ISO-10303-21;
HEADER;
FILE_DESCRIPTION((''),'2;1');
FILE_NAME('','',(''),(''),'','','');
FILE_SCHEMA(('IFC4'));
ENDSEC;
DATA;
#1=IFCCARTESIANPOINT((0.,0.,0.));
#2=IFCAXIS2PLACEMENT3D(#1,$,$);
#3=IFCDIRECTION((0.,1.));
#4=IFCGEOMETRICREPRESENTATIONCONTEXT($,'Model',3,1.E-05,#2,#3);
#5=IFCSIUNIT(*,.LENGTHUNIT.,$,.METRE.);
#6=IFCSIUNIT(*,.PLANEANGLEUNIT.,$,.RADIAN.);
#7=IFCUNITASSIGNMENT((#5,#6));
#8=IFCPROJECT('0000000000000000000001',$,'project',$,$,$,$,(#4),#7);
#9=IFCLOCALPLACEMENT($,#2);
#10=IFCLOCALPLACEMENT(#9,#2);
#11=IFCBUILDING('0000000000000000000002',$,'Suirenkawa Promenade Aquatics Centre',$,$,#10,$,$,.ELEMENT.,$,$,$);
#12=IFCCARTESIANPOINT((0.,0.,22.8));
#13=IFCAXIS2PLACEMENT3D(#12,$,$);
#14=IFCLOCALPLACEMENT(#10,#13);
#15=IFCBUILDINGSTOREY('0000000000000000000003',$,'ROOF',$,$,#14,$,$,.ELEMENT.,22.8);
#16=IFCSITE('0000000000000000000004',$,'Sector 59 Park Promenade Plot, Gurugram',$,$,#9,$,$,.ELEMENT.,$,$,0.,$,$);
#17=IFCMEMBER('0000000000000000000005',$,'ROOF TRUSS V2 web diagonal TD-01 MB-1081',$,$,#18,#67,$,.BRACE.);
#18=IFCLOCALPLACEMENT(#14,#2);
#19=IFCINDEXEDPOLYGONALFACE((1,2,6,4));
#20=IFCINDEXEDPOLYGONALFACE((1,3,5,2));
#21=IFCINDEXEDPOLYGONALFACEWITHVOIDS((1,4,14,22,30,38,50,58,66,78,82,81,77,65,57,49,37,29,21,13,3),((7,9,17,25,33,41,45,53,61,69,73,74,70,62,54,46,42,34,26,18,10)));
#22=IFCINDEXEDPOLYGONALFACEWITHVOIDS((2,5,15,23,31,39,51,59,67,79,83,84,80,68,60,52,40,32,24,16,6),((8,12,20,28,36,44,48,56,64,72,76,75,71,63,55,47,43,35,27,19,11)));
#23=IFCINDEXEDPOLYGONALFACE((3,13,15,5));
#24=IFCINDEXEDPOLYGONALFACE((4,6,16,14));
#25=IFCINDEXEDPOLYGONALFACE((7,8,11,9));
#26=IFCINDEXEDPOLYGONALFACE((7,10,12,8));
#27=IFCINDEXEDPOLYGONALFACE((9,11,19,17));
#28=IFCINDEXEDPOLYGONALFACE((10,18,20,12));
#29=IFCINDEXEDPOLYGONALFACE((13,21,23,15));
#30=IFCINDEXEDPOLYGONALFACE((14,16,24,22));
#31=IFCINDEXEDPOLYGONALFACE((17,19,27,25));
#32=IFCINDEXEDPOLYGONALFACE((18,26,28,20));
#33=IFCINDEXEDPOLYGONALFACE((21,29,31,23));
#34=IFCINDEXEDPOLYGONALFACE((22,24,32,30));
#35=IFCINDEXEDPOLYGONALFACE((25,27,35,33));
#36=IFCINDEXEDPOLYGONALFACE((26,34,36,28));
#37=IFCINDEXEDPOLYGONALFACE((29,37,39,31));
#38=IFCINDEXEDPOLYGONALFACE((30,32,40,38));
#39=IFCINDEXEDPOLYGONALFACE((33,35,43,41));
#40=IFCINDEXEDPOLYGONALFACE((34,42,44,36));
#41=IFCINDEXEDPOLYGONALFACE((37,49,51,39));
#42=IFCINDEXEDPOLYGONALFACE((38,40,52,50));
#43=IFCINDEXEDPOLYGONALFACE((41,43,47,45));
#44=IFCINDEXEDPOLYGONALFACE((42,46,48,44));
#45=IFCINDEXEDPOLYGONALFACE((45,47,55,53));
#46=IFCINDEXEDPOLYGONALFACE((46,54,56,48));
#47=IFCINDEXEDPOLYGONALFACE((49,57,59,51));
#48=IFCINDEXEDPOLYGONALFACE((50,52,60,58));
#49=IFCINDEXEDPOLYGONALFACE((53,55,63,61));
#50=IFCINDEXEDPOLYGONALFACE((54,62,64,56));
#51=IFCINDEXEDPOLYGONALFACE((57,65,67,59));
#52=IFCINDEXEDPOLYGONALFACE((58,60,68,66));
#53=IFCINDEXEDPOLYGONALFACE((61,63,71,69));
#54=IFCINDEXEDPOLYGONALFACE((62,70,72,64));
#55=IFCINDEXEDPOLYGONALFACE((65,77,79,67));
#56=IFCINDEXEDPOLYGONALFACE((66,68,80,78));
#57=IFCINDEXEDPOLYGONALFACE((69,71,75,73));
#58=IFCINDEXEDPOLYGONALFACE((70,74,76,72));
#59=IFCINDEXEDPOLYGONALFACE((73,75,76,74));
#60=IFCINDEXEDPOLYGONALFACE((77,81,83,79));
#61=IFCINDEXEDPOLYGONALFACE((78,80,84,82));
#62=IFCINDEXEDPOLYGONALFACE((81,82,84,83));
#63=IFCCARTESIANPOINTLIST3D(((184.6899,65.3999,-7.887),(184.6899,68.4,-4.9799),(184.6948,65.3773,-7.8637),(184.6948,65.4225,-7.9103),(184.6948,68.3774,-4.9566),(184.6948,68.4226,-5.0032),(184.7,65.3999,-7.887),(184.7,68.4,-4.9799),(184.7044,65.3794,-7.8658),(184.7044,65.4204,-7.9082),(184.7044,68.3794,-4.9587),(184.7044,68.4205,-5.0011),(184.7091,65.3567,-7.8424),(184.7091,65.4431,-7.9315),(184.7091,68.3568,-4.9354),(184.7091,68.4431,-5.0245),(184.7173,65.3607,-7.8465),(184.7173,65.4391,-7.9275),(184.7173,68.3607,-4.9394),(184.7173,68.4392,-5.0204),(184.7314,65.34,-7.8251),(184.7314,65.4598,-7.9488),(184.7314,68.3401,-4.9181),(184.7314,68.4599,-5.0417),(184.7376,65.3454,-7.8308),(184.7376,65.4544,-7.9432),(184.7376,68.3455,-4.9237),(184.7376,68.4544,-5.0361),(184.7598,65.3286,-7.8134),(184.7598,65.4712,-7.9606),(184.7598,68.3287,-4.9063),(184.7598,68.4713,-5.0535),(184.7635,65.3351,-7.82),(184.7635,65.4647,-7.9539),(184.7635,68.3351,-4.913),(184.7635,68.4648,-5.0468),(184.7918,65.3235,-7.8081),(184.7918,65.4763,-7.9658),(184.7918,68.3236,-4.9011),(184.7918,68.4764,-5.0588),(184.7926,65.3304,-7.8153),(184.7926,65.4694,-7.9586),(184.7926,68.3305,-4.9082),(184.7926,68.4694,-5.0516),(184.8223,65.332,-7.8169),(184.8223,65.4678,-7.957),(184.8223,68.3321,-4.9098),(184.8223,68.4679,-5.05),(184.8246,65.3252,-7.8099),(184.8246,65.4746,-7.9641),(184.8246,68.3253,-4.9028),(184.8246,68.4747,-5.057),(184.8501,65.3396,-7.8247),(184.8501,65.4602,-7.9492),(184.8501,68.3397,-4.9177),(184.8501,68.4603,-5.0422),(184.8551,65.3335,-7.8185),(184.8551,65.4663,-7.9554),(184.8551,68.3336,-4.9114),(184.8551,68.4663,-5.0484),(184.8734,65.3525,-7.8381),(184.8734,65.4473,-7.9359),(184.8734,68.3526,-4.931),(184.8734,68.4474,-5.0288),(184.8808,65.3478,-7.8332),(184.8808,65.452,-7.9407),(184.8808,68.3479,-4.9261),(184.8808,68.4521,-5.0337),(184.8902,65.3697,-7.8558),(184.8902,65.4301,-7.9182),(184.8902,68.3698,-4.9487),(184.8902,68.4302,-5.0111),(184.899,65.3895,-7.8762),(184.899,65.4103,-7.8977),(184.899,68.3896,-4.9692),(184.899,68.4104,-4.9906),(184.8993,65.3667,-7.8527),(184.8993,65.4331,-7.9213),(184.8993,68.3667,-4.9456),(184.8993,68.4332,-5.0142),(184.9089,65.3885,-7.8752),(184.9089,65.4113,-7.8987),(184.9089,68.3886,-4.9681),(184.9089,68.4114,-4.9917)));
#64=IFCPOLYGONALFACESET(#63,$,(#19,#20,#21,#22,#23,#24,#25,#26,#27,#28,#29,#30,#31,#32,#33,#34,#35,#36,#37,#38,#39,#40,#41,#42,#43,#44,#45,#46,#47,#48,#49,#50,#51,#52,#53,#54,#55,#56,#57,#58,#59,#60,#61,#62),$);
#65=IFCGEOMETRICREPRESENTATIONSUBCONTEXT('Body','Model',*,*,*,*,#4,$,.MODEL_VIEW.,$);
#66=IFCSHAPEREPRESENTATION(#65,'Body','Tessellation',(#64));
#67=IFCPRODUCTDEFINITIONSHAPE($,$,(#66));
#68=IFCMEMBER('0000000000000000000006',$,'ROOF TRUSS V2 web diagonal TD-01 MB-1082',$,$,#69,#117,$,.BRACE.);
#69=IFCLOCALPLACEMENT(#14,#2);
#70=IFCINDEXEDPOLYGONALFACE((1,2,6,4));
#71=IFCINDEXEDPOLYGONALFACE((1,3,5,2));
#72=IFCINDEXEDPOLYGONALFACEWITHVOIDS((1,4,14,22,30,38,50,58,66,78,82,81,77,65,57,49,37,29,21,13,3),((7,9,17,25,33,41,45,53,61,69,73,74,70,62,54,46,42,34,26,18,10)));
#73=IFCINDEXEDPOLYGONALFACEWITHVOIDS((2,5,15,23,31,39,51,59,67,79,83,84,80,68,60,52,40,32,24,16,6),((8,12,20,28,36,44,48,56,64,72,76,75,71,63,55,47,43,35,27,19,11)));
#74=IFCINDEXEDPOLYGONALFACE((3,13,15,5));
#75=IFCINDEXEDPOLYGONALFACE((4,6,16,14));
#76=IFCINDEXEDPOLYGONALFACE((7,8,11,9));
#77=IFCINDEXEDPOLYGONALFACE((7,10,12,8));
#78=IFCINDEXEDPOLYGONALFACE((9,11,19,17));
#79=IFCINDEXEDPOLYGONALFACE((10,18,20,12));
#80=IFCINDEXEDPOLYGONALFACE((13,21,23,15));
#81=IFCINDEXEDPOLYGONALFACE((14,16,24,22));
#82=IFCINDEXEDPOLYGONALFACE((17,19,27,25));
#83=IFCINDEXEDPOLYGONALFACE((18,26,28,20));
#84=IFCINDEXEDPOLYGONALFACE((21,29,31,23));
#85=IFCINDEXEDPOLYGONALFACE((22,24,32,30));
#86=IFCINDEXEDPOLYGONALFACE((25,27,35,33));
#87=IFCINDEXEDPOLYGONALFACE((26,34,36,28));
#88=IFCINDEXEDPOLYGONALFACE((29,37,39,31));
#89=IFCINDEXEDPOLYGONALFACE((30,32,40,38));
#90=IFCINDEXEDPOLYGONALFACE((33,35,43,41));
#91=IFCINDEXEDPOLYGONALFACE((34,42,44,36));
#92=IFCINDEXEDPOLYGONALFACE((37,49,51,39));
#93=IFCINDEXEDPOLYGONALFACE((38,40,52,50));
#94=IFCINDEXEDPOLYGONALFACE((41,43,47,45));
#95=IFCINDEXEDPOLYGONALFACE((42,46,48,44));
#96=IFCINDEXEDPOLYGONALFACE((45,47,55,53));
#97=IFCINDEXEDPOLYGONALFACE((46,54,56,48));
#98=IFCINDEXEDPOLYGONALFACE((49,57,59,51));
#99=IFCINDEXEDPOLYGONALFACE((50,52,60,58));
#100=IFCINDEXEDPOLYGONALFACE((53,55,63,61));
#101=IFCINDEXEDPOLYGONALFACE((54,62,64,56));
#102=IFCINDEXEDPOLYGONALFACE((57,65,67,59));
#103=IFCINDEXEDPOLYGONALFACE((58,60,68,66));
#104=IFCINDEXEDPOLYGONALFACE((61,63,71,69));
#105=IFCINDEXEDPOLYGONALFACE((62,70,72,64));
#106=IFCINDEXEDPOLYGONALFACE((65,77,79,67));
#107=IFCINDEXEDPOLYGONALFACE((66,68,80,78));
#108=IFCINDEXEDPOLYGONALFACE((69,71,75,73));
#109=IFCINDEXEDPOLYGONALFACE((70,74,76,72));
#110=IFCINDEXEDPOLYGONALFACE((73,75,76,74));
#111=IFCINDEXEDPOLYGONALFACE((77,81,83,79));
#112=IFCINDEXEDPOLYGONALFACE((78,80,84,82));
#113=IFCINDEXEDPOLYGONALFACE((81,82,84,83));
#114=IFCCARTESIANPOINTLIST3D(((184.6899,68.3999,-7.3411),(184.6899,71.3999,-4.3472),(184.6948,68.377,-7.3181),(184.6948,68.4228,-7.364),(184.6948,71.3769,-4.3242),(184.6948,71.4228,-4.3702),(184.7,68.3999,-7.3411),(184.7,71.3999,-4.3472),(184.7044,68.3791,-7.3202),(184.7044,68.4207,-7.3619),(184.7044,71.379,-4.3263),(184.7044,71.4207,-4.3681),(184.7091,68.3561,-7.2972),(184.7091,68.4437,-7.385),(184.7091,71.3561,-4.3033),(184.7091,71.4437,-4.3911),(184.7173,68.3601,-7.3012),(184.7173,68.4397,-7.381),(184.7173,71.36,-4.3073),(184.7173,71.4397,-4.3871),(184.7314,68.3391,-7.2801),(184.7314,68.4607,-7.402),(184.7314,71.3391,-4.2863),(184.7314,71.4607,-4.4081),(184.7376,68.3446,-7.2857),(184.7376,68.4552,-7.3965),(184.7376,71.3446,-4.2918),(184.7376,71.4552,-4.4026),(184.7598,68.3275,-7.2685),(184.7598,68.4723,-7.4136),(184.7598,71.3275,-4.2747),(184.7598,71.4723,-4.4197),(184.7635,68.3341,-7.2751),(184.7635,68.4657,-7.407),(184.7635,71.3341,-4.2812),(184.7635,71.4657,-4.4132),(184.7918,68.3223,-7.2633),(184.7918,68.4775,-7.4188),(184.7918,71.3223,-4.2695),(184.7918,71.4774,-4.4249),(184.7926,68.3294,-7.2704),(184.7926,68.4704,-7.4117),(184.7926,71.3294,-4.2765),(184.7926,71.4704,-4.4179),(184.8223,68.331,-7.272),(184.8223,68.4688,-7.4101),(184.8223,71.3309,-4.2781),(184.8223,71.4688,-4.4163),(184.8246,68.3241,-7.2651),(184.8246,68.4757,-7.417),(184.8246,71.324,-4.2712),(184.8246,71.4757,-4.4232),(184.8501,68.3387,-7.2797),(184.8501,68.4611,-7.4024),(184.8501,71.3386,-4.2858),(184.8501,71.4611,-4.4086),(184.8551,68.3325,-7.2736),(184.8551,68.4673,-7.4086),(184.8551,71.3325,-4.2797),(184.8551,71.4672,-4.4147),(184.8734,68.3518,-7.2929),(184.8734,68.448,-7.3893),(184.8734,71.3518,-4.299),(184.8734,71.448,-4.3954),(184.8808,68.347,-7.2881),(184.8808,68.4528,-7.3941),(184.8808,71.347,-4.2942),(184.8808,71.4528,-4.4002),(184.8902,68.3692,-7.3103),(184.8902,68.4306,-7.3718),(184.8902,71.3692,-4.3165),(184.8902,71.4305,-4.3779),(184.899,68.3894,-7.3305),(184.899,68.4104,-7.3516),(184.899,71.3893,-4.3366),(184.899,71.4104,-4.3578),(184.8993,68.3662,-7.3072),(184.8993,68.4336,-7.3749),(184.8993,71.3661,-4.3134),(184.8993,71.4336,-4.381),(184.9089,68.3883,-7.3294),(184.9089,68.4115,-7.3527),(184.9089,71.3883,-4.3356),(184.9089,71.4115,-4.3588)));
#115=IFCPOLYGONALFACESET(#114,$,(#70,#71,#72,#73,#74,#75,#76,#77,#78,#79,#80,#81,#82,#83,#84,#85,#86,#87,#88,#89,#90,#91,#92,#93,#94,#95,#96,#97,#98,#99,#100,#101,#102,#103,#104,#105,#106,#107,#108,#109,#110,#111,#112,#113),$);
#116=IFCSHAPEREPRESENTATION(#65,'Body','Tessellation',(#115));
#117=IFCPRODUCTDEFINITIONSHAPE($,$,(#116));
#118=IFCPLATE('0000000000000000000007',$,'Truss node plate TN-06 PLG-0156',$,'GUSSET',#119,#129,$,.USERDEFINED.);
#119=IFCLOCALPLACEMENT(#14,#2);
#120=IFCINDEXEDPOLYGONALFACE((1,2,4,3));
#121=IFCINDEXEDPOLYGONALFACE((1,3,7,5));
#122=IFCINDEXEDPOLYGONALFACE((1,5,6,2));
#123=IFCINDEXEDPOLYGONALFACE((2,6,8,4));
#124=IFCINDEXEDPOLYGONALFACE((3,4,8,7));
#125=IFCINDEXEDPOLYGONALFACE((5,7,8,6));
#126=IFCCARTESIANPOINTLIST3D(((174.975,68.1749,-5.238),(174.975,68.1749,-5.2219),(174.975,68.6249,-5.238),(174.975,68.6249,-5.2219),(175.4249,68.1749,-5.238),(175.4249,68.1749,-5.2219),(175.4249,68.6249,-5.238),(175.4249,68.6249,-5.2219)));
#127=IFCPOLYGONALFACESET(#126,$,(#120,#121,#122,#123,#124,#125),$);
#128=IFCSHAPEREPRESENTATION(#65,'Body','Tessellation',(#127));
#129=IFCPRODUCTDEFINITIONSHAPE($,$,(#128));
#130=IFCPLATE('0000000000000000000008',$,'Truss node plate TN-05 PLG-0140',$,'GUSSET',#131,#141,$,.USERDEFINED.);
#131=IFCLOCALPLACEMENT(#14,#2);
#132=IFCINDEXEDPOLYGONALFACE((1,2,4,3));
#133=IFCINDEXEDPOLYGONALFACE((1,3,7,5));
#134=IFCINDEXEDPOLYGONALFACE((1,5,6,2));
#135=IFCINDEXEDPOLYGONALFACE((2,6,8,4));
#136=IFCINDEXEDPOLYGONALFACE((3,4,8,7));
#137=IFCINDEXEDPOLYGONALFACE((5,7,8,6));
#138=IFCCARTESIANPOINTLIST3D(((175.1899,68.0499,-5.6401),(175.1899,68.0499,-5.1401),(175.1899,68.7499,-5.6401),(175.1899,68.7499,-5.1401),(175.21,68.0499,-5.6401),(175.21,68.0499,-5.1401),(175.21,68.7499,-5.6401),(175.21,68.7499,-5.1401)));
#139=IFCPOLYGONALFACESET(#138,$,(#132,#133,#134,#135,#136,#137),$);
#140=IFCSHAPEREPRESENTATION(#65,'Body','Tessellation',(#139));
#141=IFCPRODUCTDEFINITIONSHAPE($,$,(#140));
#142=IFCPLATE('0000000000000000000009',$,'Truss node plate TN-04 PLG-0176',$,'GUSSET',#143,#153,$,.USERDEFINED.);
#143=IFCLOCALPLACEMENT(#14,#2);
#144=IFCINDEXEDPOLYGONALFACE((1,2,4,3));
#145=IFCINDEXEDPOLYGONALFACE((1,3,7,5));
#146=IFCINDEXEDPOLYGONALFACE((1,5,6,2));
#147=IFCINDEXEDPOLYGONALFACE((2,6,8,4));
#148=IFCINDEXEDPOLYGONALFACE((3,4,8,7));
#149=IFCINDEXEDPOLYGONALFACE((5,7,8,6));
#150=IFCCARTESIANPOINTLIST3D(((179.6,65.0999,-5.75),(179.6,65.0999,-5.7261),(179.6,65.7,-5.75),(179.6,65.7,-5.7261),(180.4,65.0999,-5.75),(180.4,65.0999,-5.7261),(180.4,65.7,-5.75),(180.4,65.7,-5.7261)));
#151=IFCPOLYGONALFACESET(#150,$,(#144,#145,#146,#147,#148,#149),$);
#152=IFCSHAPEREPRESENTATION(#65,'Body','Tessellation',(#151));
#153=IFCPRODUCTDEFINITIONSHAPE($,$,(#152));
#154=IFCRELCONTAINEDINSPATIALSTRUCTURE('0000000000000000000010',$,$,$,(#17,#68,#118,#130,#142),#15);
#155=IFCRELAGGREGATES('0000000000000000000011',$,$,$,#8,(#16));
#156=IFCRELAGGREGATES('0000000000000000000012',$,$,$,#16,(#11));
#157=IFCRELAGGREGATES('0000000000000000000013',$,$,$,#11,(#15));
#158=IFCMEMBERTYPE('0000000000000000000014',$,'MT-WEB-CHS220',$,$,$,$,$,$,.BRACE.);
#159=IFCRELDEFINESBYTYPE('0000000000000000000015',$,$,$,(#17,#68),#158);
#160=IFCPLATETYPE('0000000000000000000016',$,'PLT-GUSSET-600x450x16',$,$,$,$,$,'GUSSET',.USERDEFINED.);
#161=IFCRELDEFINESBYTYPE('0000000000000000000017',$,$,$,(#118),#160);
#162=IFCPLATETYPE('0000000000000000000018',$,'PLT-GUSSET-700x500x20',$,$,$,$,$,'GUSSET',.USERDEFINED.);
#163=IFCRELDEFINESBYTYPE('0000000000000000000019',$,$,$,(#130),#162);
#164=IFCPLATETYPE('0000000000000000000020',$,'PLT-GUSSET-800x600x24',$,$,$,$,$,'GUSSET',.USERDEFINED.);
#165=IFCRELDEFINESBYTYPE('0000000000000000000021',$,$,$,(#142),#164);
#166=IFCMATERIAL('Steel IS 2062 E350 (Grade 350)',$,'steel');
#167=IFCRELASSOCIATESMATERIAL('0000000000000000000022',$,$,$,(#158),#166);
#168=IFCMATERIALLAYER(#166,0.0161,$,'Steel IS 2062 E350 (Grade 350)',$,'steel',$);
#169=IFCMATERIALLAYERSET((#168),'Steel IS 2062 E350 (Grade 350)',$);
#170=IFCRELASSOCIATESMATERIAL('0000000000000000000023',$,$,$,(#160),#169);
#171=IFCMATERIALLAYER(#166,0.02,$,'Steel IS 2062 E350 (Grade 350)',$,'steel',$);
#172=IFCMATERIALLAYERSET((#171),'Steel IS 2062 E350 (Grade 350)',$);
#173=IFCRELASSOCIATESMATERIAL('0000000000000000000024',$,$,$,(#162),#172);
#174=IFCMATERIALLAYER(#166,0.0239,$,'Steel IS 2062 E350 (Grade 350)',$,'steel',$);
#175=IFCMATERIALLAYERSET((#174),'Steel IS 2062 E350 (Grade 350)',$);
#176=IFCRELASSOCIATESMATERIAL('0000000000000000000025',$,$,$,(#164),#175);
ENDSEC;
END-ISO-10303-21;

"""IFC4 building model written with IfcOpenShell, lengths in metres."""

from ifc_helpers import new_model, si_unit, direction, frame, origin, origin_2d, place, context, subcontext, project, spatial, rectangle, hollow_circle, extrude, material, layer, layer_set, material_profile, profile_set, type_object, element, save


model = new_model("IFC4")

# Units and contexts
model_context = context("Model", 3, precision=1e-05, world=origin(), true_north=direction((0.0, 1.0)))
body_context = subcontext(model_context, "Body", "Model", "MODEL_VIEW")
ifc_project = project(units=[si_unit("LENGTHUNIT", "METRE"), si_unit("PLANEANGLEUNIT", "RADIAN")], contexts=[model_context])

# Site, building, storey
site_placement = place(None, origin())
site = spatial("IfcSite", under=ifc_project, at=site_placement, Name="Sector 59 Park Promenade Plot, Gurugram", CompositionType="ELEMENT", RefElevation=0.0)
building_placement = place(site_placement, origin())
building = spatial("IfcBuilding", under=site, at=building_placement, Name="Suirenkawa Promenade Aquatics Centre", CompositionType="ELEMENT")
storey_placement = place(building_placement, frame((0.0, 0.0, 22.8)))
storey = spatial("IfcBuildingStorey", under=building, at=storey_placement, Name="ROOF", CompositionType="ELEMENT", Elevation=22.8)

# Shared definitions
ifc_material = material(Name="Steel IS 2062 E350 (Grade 350)", Category="steel")

# Members
ifc_material_profile_1 = material_profile(ifc_material, hollow_circle(Radius=0.1101, WallThickness=0.01, at=origin_2d()), Name="CHS 220x10", Category="steel")
ifc_profile_set_1 = profile_set([ifc_material_profile_1], Name="Steel IS 2062 E350 (Grade 350)")
member_type_1 = type_object("IfcMemberType", Name="MT-WEB-CHS220", PredefinedType="BRACE", material=ifc_profile_set_1)
member_1_placement = place(storey_placement, frame((184.8, 65.3999, -7.887), z_axis=(0.0, 0.718153, 0.695886), x_axis=(-1.0, 0.0, 0.0)))
element("IfcMember", 1, at=member_1_placement, inside=storey, type_object=member_type_1, Name="ROOF TRUSS V2 web diagonal TD-01 MB-1081", PredefinedType="BRACE", context=body_context, shape_type="SweptSolid", body=[
    extrude(hollow_circle(Radius=0.1101, WallThickness=0.01, at=origin_2d()), origin(), (0.0, 0.0, 1.0), 4.1775),
])
member_2_placement = place(storey_placement, frame((184.8, 68.3999, -7.3411), z_axis=(0.0, 0.707826, 0.706386), x_axis=(-1.0, 0.0, 0.0)))
element("IfcMember", 2, at=member_2_placement, inside=storey, type_object=member_type_1, Name="ROOF TRUSS V2 web diagonal TD-01 MB-1082", PredefinedType="BRACE", context=body_context, shape_type="SweptSolid", body=[
    extrude(hollow_circle(Radius=0.1101, WallThickness=0.01, at=origin_2d()), origin(), (0.0, 0.0, 1.0), 4.2383),
])

# Plates
ifc_layer_1 = layer(ifc_material, 0.0161, Name="Steel IS 2062 E350 (Grade 350)", Category="steel")
ifc_layer_set_1 = layer_set([ifc_layer_1], Name="Steel IS 2062 E350 (Grade 350)")
plate_type_1 = type_object("IfcPlateType", Name="PLT-GUSSET-600x450x16", ElementType="GUSSET", PredefinedType="USERDEFINED", material=ifc_layer_set_1)
plate_1_placement = place(storey_placement, frame((175.2, 68.3999, -5.238), z_axis=(0.0, 0.0, 1.0), x_axis=(1.0, 0.0, 0.0)))
element("IfcPlate", 3, at=plate_1_placement, inside=storey, type_object=plate_type_1, Name="Truss node plate TN-06 PLG-0156", ObjectType="GUSSET", PredefinedType="USERDEFINED", context=body_context, shape_type="SweptSolid", body=[
    extrude(rectangle(XDim=0.45, YDim=0.45, at=origin_2d()), origin(), (0.0, 0.0, 1.0), 0.0161),
])
ifc_layer_2 = layer(ifc_material, 0.02, Name="Steel IS 2062 E350 (Grade 350)", Category="steel")
ifc_layer_set_2 = layer_set([ifc_layer_2], Name="Steel IS 2062 E350 (Grade 350)")
plate_type_2 = type_object("IfcPlateType", Name="PLT-GUSSET-700x500x20", ElementType="GUSSET", PredefinedType="USERDEFINED", material=ifc_layer_set_2)
plate_2_placement = place(storey_placement, frame((175.2, 68.3999, -5.6401), z_axis=(0.0, 0.0, 1.0), x_axis=(0.0, 1.0, 0.0)))
element("IfcPlate", 4, at=plate_2_placement, inside=storey, type_object=plate_type_2, Name="Truss node plate TN-05 PLG-0140", ObjectType="GUSSET", PredefinedType="USERDEFINED", context=body_context, shape_type="SweptSolid", body=[
    extrude(rectangle(XDim=0.7, YDim=0.02, at=origin_2d()), origin(), (0.0, 0.0, 1.0), 0.5),
])
ifc_layer_3 = layer(ifc_material, 0.0239, Name="Steel IS 2062 E350 (Grade 350)", Category="steel")
ifc_layer_set_3 = layer_set([ifc_layer_3], Name="Steel IS 2062 E350 (Grade 350)")
plate_type_3 = type_object("IfcPlateType", Name="PLT-GUSSET-800x600x24", ElementType="GUSSET", PredefinedType="USERDEFINED", material=ifc_layer_set_3)
plate_3_placement = place(storey_placement, frame((180.0, 65.3999, -5.75), z_axis=(0.0, 0.0, 1.0), x_axis=(1.0, 0.0, 0.0)))
element("IfcPlate", 5, at=plate_3_placement, inside=storey, type_object=plate_type_3, Name="Truss node plate TN-04 PLG-0176", ObjectType="GUSSET", PredefinedType="USERDEFINED", context=body_context, shape_type="SweptSolid", body=[
    extrude(rectangle(XDim=0.8, YDim=0.6001, at=origin_2d()), origin(), (0.0, 0.0, 1.0), 0.0239),
])

save(model, "model.ifc")
